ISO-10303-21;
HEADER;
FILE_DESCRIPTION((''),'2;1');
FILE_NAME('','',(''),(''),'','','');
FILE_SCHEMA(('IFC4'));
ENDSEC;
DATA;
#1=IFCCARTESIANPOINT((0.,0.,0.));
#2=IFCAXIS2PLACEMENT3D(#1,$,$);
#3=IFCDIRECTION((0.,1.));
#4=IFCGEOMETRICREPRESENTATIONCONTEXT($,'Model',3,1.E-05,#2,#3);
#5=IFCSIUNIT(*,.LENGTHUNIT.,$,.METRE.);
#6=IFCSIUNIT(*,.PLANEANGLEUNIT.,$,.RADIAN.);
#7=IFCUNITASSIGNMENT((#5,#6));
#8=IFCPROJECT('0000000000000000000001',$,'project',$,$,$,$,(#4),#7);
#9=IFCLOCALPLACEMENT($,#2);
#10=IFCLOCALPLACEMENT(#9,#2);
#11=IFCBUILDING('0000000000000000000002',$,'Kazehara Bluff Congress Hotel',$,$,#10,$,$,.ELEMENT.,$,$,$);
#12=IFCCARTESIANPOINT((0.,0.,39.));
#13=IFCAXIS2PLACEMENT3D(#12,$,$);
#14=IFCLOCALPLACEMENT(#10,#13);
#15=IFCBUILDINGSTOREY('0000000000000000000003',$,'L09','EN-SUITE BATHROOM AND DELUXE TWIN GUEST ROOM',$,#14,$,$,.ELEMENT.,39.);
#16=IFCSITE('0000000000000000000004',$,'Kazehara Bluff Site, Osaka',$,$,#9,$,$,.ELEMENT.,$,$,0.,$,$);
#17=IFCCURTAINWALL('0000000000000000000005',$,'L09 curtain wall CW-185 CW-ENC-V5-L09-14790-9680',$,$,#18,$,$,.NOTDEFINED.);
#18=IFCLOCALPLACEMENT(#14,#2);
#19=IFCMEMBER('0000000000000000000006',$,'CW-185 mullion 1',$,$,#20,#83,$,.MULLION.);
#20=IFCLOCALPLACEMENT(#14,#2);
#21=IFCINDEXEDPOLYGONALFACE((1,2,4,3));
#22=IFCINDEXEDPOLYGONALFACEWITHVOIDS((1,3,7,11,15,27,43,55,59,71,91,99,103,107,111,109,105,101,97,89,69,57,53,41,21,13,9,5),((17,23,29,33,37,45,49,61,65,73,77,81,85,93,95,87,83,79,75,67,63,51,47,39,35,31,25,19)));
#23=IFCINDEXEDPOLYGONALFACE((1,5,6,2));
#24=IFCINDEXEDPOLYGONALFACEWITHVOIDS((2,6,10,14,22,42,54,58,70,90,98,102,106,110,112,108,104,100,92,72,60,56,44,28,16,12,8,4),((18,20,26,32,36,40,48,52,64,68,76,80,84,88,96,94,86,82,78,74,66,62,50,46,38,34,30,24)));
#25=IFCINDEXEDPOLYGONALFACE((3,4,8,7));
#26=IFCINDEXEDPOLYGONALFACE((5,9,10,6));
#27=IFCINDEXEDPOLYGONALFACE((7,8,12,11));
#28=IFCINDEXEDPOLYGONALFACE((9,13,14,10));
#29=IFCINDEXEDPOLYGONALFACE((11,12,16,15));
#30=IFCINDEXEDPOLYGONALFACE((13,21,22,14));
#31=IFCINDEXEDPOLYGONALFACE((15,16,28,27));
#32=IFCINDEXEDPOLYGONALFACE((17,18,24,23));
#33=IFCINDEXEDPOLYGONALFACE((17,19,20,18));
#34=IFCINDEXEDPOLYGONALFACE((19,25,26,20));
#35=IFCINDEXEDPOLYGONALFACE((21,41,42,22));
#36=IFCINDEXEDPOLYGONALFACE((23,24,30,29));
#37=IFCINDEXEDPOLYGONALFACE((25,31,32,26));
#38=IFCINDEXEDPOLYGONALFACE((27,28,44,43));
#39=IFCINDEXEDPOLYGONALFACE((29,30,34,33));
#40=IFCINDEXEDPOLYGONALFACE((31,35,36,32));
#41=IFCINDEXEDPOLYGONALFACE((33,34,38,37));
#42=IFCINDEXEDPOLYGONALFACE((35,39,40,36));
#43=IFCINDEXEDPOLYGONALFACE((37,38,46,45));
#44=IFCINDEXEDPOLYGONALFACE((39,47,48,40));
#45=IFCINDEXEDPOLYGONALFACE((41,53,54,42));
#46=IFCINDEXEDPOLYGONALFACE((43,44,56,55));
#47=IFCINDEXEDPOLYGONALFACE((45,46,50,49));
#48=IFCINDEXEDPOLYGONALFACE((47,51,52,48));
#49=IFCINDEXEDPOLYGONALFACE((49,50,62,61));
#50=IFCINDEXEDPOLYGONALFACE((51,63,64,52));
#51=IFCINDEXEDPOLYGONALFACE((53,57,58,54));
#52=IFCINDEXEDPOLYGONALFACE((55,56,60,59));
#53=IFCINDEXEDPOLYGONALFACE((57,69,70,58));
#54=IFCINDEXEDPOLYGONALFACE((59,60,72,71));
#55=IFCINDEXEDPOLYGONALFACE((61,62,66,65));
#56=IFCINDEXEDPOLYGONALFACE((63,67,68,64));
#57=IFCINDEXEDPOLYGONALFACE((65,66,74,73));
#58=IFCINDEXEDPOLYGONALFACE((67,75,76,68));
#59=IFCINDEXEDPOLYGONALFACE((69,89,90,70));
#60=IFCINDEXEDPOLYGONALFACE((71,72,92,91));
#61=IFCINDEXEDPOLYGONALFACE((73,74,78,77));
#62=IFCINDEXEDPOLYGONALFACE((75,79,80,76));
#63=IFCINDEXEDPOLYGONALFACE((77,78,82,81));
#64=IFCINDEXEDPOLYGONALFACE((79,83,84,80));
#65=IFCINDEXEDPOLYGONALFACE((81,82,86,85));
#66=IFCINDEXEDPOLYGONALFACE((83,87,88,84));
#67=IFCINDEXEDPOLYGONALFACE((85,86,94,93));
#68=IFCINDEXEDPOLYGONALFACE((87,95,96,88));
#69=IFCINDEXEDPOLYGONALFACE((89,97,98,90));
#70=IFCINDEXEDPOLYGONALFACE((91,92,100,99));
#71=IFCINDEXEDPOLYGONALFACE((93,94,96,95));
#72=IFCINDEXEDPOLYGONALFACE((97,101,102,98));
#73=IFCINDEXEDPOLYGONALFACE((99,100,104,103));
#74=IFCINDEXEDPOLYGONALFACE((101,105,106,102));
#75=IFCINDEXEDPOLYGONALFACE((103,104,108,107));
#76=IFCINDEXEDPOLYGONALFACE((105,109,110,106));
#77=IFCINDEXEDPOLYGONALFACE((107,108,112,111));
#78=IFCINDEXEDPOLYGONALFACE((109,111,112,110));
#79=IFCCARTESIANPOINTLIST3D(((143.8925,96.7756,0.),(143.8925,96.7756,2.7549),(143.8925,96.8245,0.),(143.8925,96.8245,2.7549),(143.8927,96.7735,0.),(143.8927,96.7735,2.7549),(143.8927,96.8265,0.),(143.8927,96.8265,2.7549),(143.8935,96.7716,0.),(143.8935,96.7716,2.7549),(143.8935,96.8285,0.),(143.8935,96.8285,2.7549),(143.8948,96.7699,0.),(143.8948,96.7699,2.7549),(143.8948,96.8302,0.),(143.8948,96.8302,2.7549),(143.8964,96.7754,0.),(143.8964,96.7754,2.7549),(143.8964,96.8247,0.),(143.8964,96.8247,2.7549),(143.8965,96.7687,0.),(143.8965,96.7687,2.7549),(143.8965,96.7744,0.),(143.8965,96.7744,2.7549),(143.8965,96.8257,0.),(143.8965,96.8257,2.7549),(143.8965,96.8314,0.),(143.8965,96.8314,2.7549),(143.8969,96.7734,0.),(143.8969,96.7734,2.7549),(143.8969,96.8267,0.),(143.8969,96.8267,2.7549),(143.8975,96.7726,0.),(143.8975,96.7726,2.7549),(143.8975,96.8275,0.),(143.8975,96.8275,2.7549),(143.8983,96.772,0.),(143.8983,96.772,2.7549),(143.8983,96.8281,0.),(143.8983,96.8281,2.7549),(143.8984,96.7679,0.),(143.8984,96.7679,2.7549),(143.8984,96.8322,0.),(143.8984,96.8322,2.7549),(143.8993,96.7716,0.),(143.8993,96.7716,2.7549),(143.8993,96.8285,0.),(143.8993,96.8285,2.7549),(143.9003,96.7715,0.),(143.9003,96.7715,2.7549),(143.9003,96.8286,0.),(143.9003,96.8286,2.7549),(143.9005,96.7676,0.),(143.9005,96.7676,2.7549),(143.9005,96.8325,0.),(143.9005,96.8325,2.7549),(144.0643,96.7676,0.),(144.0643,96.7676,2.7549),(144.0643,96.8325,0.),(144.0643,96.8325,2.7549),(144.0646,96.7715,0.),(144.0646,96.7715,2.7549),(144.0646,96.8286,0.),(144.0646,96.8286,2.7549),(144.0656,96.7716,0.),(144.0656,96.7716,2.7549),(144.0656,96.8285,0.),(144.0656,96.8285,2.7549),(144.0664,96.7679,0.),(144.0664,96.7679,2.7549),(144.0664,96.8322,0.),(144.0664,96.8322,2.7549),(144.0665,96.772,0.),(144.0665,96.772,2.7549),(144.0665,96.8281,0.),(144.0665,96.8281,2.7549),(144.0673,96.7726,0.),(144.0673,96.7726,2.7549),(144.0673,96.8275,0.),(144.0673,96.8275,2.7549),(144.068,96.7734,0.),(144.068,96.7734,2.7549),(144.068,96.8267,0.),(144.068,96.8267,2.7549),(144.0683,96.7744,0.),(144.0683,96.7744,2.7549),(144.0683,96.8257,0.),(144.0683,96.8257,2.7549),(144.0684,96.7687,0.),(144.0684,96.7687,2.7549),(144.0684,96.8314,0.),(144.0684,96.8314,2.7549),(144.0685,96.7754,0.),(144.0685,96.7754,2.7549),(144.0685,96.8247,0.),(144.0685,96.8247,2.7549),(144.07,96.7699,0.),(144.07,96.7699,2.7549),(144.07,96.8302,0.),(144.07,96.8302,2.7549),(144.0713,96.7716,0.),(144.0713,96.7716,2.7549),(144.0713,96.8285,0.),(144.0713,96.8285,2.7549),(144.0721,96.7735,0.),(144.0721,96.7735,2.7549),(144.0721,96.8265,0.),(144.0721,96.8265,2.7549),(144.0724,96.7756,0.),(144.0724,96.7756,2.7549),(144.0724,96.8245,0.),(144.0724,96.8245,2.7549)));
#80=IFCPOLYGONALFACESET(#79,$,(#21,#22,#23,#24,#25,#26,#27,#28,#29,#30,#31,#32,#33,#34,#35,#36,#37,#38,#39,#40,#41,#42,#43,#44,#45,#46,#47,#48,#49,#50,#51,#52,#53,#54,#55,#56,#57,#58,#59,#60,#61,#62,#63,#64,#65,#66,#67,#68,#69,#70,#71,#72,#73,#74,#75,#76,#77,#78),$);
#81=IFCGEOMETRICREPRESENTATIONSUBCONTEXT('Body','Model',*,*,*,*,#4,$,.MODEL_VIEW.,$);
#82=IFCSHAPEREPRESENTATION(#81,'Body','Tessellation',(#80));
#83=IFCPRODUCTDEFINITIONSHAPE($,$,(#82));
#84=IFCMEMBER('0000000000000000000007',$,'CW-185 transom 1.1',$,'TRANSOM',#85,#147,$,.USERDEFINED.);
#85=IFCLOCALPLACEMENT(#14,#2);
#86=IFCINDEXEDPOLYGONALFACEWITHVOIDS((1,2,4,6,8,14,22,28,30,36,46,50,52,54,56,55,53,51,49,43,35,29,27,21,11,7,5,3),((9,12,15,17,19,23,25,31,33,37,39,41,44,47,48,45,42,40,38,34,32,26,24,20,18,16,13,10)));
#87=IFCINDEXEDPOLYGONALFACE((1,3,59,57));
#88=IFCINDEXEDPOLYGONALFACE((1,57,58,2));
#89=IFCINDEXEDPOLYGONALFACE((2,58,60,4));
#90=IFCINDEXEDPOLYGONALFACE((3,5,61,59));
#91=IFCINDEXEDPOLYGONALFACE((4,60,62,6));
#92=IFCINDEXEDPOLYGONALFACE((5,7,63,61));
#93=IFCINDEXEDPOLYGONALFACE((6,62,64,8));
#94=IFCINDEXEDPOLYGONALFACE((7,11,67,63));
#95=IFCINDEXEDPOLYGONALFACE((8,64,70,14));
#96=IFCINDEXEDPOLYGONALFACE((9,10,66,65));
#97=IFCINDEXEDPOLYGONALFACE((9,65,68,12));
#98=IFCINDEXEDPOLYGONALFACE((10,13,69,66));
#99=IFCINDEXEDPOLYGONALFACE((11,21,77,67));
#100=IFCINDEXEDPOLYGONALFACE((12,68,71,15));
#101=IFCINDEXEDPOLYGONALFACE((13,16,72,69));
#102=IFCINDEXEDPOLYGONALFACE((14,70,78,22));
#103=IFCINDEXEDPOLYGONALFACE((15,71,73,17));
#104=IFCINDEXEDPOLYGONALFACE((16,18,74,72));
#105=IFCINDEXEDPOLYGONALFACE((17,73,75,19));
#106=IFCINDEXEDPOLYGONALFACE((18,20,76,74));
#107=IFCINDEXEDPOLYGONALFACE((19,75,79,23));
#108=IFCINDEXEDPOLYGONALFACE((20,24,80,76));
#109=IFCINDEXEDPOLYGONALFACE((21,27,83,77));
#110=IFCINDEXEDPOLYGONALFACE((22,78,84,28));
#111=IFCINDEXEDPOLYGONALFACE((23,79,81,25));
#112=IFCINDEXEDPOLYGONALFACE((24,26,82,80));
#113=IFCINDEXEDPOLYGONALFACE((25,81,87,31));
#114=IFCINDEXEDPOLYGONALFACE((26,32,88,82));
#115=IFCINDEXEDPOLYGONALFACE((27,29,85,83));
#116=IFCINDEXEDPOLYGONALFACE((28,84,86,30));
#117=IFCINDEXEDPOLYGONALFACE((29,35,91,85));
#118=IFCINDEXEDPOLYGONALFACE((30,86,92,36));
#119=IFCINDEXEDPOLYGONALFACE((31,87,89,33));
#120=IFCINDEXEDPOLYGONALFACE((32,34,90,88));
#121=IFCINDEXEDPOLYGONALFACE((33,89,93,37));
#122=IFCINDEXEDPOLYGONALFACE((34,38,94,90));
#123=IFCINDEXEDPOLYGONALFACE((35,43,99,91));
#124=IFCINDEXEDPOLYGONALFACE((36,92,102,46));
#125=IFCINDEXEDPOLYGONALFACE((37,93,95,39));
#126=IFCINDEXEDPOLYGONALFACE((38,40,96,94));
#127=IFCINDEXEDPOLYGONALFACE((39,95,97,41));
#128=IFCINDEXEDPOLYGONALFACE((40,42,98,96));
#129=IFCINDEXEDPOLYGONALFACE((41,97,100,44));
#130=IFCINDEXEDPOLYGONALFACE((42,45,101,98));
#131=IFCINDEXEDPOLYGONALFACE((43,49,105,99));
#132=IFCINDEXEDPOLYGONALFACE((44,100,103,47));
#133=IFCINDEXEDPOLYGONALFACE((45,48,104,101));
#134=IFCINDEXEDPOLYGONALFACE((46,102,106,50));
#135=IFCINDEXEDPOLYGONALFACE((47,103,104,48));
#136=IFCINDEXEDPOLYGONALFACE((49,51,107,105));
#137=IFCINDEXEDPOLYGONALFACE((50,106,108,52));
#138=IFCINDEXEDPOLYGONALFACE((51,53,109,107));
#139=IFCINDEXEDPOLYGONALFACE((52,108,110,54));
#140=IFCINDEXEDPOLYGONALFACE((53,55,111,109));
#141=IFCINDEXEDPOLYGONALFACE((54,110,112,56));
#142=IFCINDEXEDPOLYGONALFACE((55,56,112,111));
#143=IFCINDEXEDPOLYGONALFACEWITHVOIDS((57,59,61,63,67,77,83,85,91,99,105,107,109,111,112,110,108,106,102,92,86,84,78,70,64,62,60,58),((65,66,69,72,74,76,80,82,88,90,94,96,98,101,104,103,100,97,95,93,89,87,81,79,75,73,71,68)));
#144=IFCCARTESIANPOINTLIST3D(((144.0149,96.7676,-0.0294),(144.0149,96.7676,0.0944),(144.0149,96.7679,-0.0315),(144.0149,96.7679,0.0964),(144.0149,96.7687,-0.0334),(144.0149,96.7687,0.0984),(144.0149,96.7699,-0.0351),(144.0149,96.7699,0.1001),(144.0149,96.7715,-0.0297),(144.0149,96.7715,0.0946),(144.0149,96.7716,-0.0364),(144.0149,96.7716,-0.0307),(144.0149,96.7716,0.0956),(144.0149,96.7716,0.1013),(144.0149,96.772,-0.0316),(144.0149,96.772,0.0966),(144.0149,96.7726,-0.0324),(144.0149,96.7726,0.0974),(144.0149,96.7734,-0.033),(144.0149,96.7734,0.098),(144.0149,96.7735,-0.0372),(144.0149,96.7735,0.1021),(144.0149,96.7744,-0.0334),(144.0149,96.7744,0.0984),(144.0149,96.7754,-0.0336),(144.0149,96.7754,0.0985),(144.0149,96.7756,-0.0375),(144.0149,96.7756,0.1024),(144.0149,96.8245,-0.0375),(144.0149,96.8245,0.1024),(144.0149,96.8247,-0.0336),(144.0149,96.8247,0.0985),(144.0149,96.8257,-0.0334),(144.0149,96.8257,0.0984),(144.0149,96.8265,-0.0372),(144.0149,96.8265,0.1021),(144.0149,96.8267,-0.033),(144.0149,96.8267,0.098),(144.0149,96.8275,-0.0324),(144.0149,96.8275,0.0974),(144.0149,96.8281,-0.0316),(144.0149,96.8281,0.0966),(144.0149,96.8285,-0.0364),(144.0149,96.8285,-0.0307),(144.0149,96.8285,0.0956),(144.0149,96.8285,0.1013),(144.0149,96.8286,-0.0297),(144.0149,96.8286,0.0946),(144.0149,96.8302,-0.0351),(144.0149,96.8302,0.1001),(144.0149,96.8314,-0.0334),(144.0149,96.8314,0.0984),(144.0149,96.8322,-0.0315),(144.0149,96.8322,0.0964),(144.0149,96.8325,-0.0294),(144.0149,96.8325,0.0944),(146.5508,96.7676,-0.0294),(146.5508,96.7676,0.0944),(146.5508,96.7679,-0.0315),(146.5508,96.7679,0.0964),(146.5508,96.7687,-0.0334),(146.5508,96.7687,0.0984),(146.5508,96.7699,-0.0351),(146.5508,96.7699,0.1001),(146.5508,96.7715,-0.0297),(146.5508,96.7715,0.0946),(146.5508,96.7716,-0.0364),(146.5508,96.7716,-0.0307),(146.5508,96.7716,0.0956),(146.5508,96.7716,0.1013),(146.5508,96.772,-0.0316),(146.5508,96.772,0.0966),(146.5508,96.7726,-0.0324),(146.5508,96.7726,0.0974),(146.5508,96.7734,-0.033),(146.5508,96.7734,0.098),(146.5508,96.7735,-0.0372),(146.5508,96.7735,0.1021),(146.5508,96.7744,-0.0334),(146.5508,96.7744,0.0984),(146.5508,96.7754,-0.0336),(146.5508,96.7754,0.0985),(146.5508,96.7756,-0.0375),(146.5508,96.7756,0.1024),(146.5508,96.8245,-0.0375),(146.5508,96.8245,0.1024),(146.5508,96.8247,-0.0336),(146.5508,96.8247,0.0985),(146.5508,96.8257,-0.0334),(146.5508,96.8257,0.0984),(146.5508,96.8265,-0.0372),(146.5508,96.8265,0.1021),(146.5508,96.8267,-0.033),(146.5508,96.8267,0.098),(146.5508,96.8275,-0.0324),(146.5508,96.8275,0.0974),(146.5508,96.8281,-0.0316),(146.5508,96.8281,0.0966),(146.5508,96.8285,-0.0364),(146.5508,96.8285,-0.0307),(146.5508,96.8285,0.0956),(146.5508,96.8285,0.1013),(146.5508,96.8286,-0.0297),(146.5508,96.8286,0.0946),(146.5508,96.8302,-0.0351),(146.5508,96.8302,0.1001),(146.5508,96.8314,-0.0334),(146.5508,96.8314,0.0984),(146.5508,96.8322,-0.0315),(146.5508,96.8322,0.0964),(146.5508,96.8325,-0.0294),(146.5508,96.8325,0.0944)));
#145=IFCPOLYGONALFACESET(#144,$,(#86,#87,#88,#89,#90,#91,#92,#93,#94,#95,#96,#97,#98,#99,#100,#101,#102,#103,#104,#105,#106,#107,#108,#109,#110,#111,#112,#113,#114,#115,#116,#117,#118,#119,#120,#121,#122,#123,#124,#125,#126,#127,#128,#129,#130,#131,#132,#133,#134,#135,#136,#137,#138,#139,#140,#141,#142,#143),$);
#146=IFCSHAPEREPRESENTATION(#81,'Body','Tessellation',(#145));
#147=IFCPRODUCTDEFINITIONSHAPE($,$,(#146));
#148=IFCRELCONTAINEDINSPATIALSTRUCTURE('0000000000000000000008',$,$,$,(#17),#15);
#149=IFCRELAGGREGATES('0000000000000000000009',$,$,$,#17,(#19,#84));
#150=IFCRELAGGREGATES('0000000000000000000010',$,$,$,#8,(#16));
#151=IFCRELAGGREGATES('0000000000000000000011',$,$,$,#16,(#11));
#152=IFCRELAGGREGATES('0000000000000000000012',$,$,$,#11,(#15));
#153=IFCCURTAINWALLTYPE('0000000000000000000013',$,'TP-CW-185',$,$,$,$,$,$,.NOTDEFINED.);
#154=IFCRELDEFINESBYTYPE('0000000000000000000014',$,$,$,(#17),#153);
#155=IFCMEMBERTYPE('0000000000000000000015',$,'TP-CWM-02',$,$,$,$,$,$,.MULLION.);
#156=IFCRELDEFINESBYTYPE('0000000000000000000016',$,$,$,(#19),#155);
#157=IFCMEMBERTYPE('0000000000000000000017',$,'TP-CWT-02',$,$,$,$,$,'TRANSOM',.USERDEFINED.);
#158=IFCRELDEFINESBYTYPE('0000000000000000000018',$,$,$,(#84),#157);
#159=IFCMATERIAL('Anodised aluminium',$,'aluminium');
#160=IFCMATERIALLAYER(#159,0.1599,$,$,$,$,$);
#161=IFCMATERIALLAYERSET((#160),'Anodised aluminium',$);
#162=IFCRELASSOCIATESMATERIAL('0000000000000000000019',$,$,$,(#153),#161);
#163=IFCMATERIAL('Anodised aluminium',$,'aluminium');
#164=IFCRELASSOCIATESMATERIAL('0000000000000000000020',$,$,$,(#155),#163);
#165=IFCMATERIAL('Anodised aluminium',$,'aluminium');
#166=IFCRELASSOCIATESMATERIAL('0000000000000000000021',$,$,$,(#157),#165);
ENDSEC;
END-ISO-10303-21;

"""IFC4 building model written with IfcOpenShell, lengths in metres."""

from ifc_helpers import new_model, si_unit, direction, frame, origin, origin_2d, place, context, subcontext, project, spatial, hollow_rectangle, extrude, material, layer, layer_set, material_profile, profile_set, type_object, element, aggregate, save


model = new_model("IFC4")

# Units and contexts
model_context = context("Model", 3, precision=1e-05, world=origin(), true_north=direction((0.0, 1.0)))
body_context = subcontext(model_context, "Body", "Model", "MODEL_VIEW")
ifc_project = project(units=[si_unit("LENGTHUNIT", "METRE"), si_unit("PLANEANGLEUNIT", "RADIAN")], contexts=[model_context])

# Site, building, storey
site_placement = place(None, origin())
site = spatial("IfcSite", under=ifc_project, at=site_placement, Name="Kazehara Bluff Site, Osaka", CompositionType="ELEMENT", RefElevation=0.0)
building_placement = place(site_placement, origin())
building = spatial("IfcBuilding", under=site, at=building_placement, Name="Kazehara Bluff Congress Hotel", CompositionType="ELEMENT")
storey_placement = place(building_placement, frame((0.0, 0.0, 39.0)))
storey = spatial("IfcBuildingStorey", under=building, at=storey_placement, Name="L09", Description="EN-SUITE BATHROOM AND DELUXE TWIN GUEST ROOM", CompositionType="ELEMENT", Elevation=39.0)

# Curtain wall, members
ifc_material_1 = material(Name="Anodised aluminium", Category="aluminium")
ifc_layer_1 = layer(ifc_material_1, 0.1599)
ifc_layer_set_1 = layer_set([ifc_layer_1], Name="Anodised aluminium")
curtain_wall_type = type_object("IfcCurtainWallType", Name="TP-CW-185", PredefinedType="NOTDEFINED", material=ifc_layer_set_1)
curtain_wall_placement = place(storey_placement, origin())
curtain_wall = element("IfcCurtainWall", 1, at=curtain_wall_placement, inside=storey, type_object=curtain_wall_type, Name="L09 curtain wall CW-185 CW-ENC-V5-L09-14790-9680", PredefinedType="NOTDEFINED")
ifc_material_2 = material(Name="Anodised aluminium", Category="aluminium")
ifc_material_profile_1 = material_profile(ifc_material_2, hollow_rectangle(XDim=0.0649, YDim=0.1799, WallThickness=0.0039, InnerFilletRadius=0.0039, OuterFilletRadius=0.0081, at=origin_2d()))
ifc_profile_set_1 = profile_set([ifc_material_profile_1], Name="Anodised aluminium")
member_type_1 = type_object("IfcMemberType", Name="TP-CWM-02", PredefinedType="MULLION", material=ifc_profile_set_1)
member_1_placement = place(storey_placement, frame((143.9824, 96.8, 0.0), z_axis=(0.0, 0.0, 1.0), x_axis=(0.0, 1.0, 0.0)))
member_1 = element("IfcMember", 2, at=member_1_placement, type_object=member_type_1, Name="CW-185 mullion 1", PredefinedType="MULLION", context=body_context, shape_type="SweptSolid", body=[
    extrude(hollow_rectangle(XDim=0.0649, YDim=0.1799, WallThickness=0.0039, InnerFilletRadius=0.0039, OuterFilletRadius=0.0081, at=origin_2d()), origin(), (0.0, 0.0, 1.0), 2.7549),
])
ifc_material_3 = material(Name="Anodised aluminium", Category="aluminium")
ifc_material_profile_2 = material_profile(ifc_material_3, hollow_rectangle(XDim=0.0649, YDim=0.1399, WallThickness=0.0039, InnerFilletRadius=0.0039, OuterFilletRadius=0.0081, at=origin_2d()))
ifc_profile_set_2 = profile_set([ifc_material_profile_2], Name="Anodised aluminium")
member_type_2 = type_object("IfcMemberType", Name="TP-CWT-02", ElementType="TRANSOM", PredefinedType="USERDEFINED", material=ifc_profile_set_2)
member_2_placement = place(storey_placement, frame((144.0149, 96.8, 0.0325), z_axis=(1.0, 0.0, 0.0), x_axis=(0.0, 1.0, 0.0)))
member_2 = element("IfcMember", 3, at=member_2_placement, type_object=member_type_2, Name="CW-185 transom 1.1", ObjectType="TRANSOM", PredefinedType="USERDEFINED", context=body_context, shape_type="SweptSolid", body=[
    extrude(hollow_rectangle(XDim=0.0649, YDim=0.1399, WallThickness=0.0039, InnerFilletRadius=0.0039, OuterFilletRadius=0.0081, at=origin_2d()), origin(), (0.0, 0.0, 1.0), 2.5359),
])
aggregate(curtain_wall, [member_1, member_2])

save(model, "model.ifc")
